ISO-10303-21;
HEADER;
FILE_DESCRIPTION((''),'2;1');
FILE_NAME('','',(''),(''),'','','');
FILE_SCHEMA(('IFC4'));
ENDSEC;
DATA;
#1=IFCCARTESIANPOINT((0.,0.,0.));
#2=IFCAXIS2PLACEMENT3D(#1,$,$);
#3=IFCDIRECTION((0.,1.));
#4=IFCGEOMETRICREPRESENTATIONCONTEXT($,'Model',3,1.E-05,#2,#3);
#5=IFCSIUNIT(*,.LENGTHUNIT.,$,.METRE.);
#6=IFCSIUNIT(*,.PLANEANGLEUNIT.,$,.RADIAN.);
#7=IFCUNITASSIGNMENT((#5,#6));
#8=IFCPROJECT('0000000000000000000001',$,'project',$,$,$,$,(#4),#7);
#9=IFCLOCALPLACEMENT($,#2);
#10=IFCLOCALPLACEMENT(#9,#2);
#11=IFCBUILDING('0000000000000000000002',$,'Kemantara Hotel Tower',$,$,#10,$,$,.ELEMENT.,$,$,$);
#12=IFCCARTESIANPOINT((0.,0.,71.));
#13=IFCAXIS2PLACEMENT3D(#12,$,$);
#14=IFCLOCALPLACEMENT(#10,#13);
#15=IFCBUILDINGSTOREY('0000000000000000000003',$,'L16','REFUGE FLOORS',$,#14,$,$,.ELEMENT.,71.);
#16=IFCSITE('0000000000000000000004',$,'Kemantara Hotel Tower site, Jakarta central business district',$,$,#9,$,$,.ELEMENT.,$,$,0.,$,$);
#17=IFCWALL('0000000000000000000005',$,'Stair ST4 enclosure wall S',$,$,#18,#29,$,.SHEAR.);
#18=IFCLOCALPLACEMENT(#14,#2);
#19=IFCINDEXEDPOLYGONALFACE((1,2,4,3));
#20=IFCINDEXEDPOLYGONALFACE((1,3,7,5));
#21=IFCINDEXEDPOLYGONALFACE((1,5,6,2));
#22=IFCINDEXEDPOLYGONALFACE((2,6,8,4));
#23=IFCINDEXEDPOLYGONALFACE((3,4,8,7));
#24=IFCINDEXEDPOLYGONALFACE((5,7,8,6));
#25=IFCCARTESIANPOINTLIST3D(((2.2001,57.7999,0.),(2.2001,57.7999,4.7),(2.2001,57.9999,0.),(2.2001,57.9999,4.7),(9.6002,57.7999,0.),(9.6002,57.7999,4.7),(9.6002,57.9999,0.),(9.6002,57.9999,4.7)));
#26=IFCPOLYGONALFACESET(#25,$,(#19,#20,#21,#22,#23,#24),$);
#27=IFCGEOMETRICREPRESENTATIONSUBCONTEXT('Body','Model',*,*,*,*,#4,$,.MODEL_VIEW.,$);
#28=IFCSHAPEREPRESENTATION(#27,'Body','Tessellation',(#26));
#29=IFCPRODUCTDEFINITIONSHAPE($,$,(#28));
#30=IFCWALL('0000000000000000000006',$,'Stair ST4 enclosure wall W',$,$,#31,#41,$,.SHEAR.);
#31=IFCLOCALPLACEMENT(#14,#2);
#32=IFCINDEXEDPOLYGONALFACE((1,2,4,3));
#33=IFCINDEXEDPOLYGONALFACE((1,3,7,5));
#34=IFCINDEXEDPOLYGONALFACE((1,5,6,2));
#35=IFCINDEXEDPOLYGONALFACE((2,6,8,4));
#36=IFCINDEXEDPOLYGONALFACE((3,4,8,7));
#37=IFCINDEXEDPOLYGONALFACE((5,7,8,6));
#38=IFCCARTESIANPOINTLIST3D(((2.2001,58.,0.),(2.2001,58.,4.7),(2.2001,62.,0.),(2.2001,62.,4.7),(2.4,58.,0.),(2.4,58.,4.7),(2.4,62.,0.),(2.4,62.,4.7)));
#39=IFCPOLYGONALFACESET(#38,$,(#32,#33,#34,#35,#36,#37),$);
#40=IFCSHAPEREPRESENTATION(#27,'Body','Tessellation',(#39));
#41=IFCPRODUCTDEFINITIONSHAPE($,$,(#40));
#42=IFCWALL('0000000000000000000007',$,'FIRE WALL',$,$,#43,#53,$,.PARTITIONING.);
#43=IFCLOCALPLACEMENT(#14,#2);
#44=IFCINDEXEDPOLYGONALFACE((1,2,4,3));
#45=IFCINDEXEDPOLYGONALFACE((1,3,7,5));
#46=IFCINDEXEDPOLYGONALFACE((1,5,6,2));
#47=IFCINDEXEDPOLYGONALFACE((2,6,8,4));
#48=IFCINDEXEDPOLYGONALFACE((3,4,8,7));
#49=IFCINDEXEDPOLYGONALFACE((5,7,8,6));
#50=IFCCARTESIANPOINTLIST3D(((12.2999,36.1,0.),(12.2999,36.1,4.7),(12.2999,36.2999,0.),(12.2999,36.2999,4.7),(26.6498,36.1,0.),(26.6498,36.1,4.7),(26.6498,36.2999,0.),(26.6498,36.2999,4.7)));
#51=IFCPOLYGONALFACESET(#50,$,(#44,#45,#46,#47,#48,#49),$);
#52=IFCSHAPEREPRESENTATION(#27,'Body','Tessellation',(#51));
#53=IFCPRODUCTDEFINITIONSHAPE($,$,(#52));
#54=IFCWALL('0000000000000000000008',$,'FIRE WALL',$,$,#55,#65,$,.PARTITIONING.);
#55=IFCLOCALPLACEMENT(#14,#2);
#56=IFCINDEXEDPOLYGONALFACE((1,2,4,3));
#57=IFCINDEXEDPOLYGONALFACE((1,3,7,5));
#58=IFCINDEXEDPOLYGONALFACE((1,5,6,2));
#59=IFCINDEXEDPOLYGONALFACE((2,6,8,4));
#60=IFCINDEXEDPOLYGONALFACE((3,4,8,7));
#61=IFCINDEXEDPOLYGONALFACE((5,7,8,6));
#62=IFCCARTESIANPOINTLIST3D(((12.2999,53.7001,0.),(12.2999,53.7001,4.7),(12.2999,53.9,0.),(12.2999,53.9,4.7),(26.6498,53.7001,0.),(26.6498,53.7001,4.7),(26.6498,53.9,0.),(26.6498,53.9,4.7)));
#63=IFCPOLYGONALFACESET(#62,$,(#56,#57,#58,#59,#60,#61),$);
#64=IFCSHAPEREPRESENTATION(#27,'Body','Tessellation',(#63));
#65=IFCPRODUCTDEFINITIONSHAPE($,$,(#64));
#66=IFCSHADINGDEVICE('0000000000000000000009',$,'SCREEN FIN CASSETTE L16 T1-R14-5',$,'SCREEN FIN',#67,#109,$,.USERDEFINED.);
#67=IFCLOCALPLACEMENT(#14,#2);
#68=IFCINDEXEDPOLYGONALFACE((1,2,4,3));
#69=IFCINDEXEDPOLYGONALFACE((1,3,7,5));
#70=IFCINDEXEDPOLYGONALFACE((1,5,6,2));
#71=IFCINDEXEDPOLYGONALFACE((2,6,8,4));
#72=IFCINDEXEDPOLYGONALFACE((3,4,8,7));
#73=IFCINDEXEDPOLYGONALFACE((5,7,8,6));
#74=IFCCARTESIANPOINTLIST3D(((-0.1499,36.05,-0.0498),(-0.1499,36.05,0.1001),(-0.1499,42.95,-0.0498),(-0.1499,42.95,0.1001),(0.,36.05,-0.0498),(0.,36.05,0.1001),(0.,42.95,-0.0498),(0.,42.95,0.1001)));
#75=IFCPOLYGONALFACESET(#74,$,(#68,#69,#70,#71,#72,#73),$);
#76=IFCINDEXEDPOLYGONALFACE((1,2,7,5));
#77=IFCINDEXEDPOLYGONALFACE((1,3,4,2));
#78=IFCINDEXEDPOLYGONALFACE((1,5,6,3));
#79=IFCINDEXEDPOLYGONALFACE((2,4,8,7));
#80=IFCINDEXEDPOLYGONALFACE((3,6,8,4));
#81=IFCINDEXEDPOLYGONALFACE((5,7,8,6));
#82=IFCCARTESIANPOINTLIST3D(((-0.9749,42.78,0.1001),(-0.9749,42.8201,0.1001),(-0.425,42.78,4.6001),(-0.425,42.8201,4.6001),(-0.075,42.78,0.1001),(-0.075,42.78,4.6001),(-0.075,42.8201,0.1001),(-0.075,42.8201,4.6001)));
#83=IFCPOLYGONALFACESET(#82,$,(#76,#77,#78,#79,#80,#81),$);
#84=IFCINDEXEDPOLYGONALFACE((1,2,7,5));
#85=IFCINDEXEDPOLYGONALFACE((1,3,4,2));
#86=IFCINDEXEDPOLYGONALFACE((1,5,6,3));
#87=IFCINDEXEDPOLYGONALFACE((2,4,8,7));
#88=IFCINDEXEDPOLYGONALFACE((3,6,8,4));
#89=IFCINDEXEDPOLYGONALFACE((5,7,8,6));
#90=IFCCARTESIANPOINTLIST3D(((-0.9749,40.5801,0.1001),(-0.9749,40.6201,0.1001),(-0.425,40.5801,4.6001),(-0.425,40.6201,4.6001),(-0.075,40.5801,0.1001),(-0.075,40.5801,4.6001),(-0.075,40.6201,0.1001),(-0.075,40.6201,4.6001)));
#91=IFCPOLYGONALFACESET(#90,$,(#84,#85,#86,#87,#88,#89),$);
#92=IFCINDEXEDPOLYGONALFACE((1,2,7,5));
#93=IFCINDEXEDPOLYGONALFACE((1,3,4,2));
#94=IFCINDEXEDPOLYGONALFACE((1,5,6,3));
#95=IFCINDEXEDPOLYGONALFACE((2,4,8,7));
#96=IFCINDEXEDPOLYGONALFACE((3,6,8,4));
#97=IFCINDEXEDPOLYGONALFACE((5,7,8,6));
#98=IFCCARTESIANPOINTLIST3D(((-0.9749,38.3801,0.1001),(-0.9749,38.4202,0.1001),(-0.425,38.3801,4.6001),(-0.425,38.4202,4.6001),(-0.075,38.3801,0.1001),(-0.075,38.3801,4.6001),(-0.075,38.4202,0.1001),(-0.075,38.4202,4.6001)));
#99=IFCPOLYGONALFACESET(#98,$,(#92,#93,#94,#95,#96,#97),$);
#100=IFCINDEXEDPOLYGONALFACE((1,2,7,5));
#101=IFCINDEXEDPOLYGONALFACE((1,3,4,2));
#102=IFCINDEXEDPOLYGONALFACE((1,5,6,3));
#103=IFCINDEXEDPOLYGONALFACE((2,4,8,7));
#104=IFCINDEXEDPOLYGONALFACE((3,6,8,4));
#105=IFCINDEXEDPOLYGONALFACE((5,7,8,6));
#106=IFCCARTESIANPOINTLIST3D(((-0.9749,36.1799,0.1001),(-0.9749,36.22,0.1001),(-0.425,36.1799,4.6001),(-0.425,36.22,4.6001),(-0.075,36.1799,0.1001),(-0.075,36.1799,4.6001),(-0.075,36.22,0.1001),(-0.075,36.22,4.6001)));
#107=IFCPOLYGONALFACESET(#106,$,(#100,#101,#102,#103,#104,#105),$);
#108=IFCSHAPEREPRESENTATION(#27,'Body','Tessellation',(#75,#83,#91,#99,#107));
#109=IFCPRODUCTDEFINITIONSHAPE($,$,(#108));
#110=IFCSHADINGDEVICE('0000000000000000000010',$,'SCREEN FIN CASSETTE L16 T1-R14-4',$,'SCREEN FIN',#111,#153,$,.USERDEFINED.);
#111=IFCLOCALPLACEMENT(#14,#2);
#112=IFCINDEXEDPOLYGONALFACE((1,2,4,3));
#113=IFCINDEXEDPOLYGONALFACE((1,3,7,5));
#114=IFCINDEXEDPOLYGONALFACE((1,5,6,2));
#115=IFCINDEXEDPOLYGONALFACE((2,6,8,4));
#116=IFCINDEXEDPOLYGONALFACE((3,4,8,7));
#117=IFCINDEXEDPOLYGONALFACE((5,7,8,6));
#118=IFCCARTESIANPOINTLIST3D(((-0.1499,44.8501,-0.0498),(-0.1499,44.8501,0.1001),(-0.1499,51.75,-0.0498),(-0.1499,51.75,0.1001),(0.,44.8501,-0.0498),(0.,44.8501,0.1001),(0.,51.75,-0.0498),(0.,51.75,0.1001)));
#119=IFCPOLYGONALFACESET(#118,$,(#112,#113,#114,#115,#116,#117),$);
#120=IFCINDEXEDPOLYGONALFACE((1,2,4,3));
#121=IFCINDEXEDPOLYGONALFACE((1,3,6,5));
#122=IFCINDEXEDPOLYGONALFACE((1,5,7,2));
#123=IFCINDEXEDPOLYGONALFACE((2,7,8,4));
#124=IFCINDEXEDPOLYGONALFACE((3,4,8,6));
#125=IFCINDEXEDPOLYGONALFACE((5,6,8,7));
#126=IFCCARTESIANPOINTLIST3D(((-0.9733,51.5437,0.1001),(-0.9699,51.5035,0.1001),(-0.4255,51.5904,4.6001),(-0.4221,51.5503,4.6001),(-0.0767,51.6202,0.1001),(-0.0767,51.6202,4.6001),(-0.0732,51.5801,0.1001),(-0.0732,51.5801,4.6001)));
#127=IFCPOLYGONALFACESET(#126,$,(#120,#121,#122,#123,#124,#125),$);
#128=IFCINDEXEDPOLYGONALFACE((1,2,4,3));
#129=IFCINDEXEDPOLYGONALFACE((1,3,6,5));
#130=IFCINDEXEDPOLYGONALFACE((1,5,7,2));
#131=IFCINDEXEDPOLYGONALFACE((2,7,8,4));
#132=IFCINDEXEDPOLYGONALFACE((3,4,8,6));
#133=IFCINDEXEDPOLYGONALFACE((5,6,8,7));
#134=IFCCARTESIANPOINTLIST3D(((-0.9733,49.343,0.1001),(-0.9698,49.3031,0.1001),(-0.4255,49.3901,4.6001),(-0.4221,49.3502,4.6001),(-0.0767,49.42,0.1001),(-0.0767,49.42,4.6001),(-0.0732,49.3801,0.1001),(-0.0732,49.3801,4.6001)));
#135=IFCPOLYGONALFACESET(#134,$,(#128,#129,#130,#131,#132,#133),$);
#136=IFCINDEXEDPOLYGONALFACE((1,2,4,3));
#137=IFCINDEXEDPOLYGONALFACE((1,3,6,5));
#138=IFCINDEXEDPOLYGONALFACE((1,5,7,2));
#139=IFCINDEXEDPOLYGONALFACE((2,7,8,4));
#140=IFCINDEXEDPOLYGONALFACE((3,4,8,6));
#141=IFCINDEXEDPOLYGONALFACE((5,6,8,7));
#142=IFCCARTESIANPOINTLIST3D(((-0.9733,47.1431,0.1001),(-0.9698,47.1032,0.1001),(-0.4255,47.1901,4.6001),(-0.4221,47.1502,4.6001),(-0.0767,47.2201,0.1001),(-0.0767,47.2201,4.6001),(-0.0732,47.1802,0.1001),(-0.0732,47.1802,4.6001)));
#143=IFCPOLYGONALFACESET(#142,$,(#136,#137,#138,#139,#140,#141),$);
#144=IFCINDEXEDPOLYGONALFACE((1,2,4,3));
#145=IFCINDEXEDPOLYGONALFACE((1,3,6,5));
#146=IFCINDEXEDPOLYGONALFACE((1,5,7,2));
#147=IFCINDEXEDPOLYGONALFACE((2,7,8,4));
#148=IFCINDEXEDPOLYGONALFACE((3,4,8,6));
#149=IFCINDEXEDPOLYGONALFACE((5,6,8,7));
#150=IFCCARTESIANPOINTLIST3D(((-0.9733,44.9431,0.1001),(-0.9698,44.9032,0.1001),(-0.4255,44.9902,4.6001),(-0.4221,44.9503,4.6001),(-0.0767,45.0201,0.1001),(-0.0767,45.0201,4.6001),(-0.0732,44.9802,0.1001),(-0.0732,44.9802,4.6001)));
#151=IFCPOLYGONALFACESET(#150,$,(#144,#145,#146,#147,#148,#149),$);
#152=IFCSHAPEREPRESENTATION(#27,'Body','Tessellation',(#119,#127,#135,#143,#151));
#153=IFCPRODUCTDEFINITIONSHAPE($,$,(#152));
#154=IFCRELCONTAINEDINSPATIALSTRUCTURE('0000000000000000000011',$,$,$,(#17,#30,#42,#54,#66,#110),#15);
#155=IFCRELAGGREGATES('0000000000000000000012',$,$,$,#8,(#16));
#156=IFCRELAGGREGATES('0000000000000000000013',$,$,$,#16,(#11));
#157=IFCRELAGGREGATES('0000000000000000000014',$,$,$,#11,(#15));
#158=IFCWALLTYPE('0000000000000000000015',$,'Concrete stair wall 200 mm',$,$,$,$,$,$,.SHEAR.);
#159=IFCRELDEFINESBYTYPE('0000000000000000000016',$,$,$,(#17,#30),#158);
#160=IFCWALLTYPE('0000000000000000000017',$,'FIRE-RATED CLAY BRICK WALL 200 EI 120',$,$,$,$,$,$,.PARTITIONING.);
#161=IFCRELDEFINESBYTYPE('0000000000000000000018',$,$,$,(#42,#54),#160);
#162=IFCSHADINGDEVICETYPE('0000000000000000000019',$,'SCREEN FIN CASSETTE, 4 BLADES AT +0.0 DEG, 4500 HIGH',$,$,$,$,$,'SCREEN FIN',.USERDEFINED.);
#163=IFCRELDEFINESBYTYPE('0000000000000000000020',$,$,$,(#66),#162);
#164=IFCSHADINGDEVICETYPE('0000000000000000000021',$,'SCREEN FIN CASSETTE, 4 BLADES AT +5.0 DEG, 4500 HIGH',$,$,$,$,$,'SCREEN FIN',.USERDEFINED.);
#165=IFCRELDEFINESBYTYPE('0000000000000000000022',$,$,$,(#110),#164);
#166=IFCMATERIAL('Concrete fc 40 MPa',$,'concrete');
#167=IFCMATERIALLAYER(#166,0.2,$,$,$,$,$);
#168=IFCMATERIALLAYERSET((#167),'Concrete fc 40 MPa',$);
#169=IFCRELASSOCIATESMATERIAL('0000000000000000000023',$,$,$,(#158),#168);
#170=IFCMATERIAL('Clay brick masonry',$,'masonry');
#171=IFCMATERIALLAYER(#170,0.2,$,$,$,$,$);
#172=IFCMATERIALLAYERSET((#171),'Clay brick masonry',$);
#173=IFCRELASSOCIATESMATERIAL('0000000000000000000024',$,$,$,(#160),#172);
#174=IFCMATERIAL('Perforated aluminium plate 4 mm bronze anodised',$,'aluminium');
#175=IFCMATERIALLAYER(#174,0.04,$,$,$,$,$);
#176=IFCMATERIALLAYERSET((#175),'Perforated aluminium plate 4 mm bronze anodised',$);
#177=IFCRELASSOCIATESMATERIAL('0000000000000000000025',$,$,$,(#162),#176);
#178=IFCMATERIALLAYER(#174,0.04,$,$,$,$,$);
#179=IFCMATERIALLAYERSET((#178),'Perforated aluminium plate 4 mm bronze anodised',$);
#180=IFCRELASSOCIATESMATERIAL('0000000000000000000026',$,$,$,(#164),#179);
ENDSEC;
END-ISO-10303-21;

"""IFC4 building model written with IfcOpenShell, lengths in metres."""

from ifc_helpers import new_model, si_unit, direction, frame, frame_2d, origin, origin_2d, place, context, subcontext, project, spatial, polyline, rectangle, outline, extrude, source, transform, mapped, material, layer, layer_set, type_object, element, save


model = new_model("IFC4")

# Units and contexts
model_context = context("Model", 3, precision=1e-05, world=origin(), true_north=direction((0.0, 1.0)))
body_context = subcontext(model_context, "Body", "Model", "MODEL_VIEW")
ifc_project = project(units=[si_unit("LENGTHUNIT", "METRE"), si_unit("PLANEANGLEUNIT", "RADIAN")], contexts=[model_context])

# Site, building, storey
site_placement = place(None, origin())
site = spatial("IfcSite", under=ifc_project, at=site_placement, Name="Kemantara Hotel Tower site, Jakarta central business district", CompositionType="ELEMENT", RefElevation=0.0)
building_placement = place(site_placement, origin())
building = spatial("IfcBuilding", under=site, at=building_placement, Name="Kemantara Hotel Tower", CompositionType="ELEMENT")
storey_placement = place(building_placement, frame((0.0, 0.0, 71.0)))
storey = spatial("IfcBuildingStorey", under=building, at=storey_placement, Name="L16", Description="REFUGE FLOORS", CompositionType="ELEMENT", Elevation=71.0)

# Shared definitions
ifc_material_1 = material(Name="Concrete fc 40 MPa", Category="concrete")
ifc_layer_1 = layer(ifc_material_1, 0.2)
ifc_layer_set_1 = layer_set([ifc_layer_1], Name="Concrete fc 40 MPa")
wall_type_1 = type_object("IfcWallType", Name="Concrete stair wall 200 mm", PredefinedType="SHEAR", material=ifc_layer_set_1)

# Walls
wall_1_placement = place(storey_placement, frame((2.2, 57.8999, 0.0), z_axis=(0.0, 0.0, 1.0), x_axis=(1.0, 0.0, 0.0)))
element("IfcWall", 1, at=wall_1_placement, inside=storey, type_object=wall_type_1, Name="Stair ST4 enclosure wall S", PredefinedType="SHEAR", context=body_context, shape_type="SweptSolid", body=[
    extrude(rectangle(XDim=7.4001, YDim=0.2, at=frame_2d((3.7002, 0.0))), origin(), (0.0, 0.0, 1.0), 4.7),
])
wall_2_placement = place(storey_placement, frame((2.3, 58.0, 0.0), z_axis=(0.0, 0.0, 1.0), x_axis=(0.0, 1.0, 0.0)))
element("IfcWall", 2, at=wall_2_placement, inside=storey, type_object=wall_type_1, Name="Stair ST4 enclosure wall W", PredefinedType="SHEAR", context=body_context, shape_type="SweptSolid", body=[
    extrude(rectangle(XDim=4.0, YDim=0.2, at=frame_2d((2.0, 0.0))), origin(), (0.0, 0.0, 1.0), 4.7),
])
ifc_material_2 = material(Name="Clay brick masonry", Category="masonry")
ifc_layer_2 = layer(ifc_material_2, 0.2)
ifc_layer_set_2 = layer_set([ifc_layer_2], Name="Clay brick masonry")
wall_type_2 = type_object("IfcWallType", Name="FIRE-RATED CLAY BRICK WALL 200 EI 120", PredefinedType="PARTITIONING", material=ifc_layer_set_2)
for number, where, z_axis, x_axis, name in (
    (3, (12.3, 36.2, 0.0), (0.0, 0.0, 1.0), (1.0, 0.0, 0.0), "FIRE WALL"),
    (4, (12.3, 53.8, 0.0), (0.0, 0.0, 1.0), (1.0, 0.0, 0.0), "FIRE WALL"),
):
    element("IfcWall", number, at=place(storey_placement, frame(where, z_axis=z_axis, x_axis=x_axis)), inside=storey, type_object=wall_type_2, Name=name, PredefinedType="PARTITIONING", context=body_context, shape_type="SweptSolid", body=[
        extrude(rectangle(XDim=14.3499, YDim=0.2, at=frame_2d((7.1748, 0.0))), origin(), (0.0, 0.0, 1.0), 4.7),
    ])

# Shading devices
ifc_material_3 = material(Name="Perforated aluminium plate 4 mm bronze anodised", Category="aluminium")
ifc_layer_3 = layer(ifc_material_3, 0.04)
ifc_layer_set_3 = layer_set([ifc_layer_3], Name="Perforated aluminium plate 4 mm bronze anodised")
shading_device_type_1 = type_object("IfcShadingDeviceType", Name="SCREEN FIN CASSETTE, 4 BLADES AT +0.0 DEG, 4500 HIGH", ElementType="SCREEN FIN", PredefinedType="USERDEFINED", material=ifc_layer_set_3)
shared_shape_1 = source(origin(), body_context, "Body", "SweptSolid", [
    extrude(rectangle(XDim=6.8999, YDim=0.1499, at=origin_2d()), frame((3.3, -0.075, -0.1499), z_axis=(0.0, 0.0, 1.0), x_axis=(1.0, 0.0, 0.0)), (0.0, 0.0, 1.0), 0.1499),
    extrude(outline(polyline([(0.0, 0.0), (0.8999, 0.0), (0.3501, 4.5), (0.0, 4.5), (0.0, 0.0)])), frame((0.02, -0.075, 0.0), z_axis=(-1.0, 0.0, 0.0), x_axis=(0.0, -1.0, 0.0)), (0.0, 0.0, 1.0), 0.04),
    extrude(outline(polyline([(0.0, 0.0), (0.8999, 0.0), (0.3501, 4.5), (0.0, 4.5), (0.0, 0.0)])), frame((2.22, -0.075, 0.0), z_axis=(-1.0, 0.0, 0.0), x_axis=(0.0, -1.0, 0.0)), (0.0, 0.0, 1.0), 0.04),
    extrude(outline(polyline([(0.0, 0.0), (0.8999, 0.0), (0.3501, 4.5), (0.0, 4.5), (0.0, 0.0)])), frame((4.4199, -0.075, 0.0), z_axis=(-1.0, 0.0, 0.0), x_axis=(0.0, -1.0, 0.0)), (0.0, 0.0, 1.0), 0.04),
    extrude(outline(polyline([(0.0, 0.0), (0.8999, 0.0), (0.3501, 4.5), (0.0, 4.5), (0.0, 0.0)])), frame((6.6201, -0.075, 0.0), z_axis=(-1.0, 0.0, 0.0), x_axis=(0.0, -1.0, 0.0)), (0.0, 0.0, 1.0), 0.04),
])
shading_device_1_placement = place(storey_placement, frame((0.0, 42.8, 0.1001), z_axis=(0.0, 0.0, 1.0), x_axis=(0.0, -1.0, 0.0)))
element("IfcShadingDevice", 5, at=shading_device_1_placement, inside=storey, type_object=shading_device_type_1, Name="SCREEN FIN CASSETTE L16 T1-R14-5", ObjectType="SCREEN FIN", PredefinedType="USERDEFINED", context=body_context, shape_type="MappedRepresentation", body=[
    mapped(shared_shape_1, transform((0.0, 0.0, 0.0))),
])
ifc_layer_4 = layer(ifc_material_3, 0.04)
ifc_layer_set_4 = layer_set([ifc_layer_4], Name="Perforated aluminium plate 4 mm bronze anodised")
shading_device_type_2 = type_object("IfcShadingDeviceType", Name="SCREEN FIN CASSETTE, 4 BLADES AT +5.0 DEG, 4500 HIGH", ElementType="SCREEN FIN", PredefinedType="USERDEFINED", material=ifc_layer_set_4)
shared_shape_2 = source(origin(), body_context, "Body", "SweptSolid", [
    extrude(rectangle(XDim=6.8999, YDim=0.1499, at=origin_2d()), frame((3.3, -0.075, -0.1499), z_axis=(0.0, 0.0, 1.0), x_axis=(1.0, 0.0, 0.0)), (0.0, 0.0, 1.0), 0.1499),
    extrude(outline(polyline([(0.0, 0.0), (0.8999, 0.0), (0.3501, 4.5), (0.0, 4.5), (0.0, 0.0)])), frame((0.02, -0.0732, 0.0), z_axis=(-0.996376, -0.085056, 0.0), x_axis=(0.085056, -0.996376, 0.0)), (0.0, 0.0, 1.0), 0.0403),
    extrude(outline(polyline([(0.0, 0.0), (0.8999, 0.0), (0.3501, 4.5), (0.0, 4.5), (0.0, 0.0)])), frame((2.22, -0.0732, 0.0), z_axis=(-0.996332, -0.085575, 0.0), x_axis=(0.085575, -0.996332, 0.0)), (0.0, 0.0, 1.0), 0.04),
    extrude(outline(polyline([(0.0, 0.0), (0.8999, 0.0), (0.3501, 4.5), (0.0, 4.5), (0.0, 0.0)])), frame((4.4199, -0.0732, 0.0), z_axis=(-0.996332, -0.085575, 0.0), x_axis=(0.085575, -0.996332, 0.0)), (0.0, 0.0, 1.0), 0.04),
    extrude(outline(polyline([(0.0, 0.0), (0.8999, 0.0), (0.3501, 4.5), (0.0, 4.5), (0.0, 0.0)])), frame((6.6199, -0.0732, 0.0), z_axis=(-0.996332, -0.085575, 0.0), x_axis=(0.085575, -0.996332, 0.0)), (0.0, 0.0, 1.0), 0.04),
])
shading_device_2_placement = place(storey_placement, frame((0.0, 51.6001, 0.1001), z_axis=(0.0, 0.0, 1.0), x_axis=(0.0, -1.0, 0.0)))
element("IfcShadingDevice", 6, at=shading_device_2_placement, inside=storey, type_object=shading_device_type_2, Name="SCREEN FIN CASSETTE L16 T1-R14-4", ObjectType="SCREEN FIN", PredefinedType="USERDEFINED", context=body_context, shape_type="MappedRepresentation", body=[
    mapped(shared_shape_2, transform((0.0, 0.0, 0.0))),
])

save(model, "model.ifc")
